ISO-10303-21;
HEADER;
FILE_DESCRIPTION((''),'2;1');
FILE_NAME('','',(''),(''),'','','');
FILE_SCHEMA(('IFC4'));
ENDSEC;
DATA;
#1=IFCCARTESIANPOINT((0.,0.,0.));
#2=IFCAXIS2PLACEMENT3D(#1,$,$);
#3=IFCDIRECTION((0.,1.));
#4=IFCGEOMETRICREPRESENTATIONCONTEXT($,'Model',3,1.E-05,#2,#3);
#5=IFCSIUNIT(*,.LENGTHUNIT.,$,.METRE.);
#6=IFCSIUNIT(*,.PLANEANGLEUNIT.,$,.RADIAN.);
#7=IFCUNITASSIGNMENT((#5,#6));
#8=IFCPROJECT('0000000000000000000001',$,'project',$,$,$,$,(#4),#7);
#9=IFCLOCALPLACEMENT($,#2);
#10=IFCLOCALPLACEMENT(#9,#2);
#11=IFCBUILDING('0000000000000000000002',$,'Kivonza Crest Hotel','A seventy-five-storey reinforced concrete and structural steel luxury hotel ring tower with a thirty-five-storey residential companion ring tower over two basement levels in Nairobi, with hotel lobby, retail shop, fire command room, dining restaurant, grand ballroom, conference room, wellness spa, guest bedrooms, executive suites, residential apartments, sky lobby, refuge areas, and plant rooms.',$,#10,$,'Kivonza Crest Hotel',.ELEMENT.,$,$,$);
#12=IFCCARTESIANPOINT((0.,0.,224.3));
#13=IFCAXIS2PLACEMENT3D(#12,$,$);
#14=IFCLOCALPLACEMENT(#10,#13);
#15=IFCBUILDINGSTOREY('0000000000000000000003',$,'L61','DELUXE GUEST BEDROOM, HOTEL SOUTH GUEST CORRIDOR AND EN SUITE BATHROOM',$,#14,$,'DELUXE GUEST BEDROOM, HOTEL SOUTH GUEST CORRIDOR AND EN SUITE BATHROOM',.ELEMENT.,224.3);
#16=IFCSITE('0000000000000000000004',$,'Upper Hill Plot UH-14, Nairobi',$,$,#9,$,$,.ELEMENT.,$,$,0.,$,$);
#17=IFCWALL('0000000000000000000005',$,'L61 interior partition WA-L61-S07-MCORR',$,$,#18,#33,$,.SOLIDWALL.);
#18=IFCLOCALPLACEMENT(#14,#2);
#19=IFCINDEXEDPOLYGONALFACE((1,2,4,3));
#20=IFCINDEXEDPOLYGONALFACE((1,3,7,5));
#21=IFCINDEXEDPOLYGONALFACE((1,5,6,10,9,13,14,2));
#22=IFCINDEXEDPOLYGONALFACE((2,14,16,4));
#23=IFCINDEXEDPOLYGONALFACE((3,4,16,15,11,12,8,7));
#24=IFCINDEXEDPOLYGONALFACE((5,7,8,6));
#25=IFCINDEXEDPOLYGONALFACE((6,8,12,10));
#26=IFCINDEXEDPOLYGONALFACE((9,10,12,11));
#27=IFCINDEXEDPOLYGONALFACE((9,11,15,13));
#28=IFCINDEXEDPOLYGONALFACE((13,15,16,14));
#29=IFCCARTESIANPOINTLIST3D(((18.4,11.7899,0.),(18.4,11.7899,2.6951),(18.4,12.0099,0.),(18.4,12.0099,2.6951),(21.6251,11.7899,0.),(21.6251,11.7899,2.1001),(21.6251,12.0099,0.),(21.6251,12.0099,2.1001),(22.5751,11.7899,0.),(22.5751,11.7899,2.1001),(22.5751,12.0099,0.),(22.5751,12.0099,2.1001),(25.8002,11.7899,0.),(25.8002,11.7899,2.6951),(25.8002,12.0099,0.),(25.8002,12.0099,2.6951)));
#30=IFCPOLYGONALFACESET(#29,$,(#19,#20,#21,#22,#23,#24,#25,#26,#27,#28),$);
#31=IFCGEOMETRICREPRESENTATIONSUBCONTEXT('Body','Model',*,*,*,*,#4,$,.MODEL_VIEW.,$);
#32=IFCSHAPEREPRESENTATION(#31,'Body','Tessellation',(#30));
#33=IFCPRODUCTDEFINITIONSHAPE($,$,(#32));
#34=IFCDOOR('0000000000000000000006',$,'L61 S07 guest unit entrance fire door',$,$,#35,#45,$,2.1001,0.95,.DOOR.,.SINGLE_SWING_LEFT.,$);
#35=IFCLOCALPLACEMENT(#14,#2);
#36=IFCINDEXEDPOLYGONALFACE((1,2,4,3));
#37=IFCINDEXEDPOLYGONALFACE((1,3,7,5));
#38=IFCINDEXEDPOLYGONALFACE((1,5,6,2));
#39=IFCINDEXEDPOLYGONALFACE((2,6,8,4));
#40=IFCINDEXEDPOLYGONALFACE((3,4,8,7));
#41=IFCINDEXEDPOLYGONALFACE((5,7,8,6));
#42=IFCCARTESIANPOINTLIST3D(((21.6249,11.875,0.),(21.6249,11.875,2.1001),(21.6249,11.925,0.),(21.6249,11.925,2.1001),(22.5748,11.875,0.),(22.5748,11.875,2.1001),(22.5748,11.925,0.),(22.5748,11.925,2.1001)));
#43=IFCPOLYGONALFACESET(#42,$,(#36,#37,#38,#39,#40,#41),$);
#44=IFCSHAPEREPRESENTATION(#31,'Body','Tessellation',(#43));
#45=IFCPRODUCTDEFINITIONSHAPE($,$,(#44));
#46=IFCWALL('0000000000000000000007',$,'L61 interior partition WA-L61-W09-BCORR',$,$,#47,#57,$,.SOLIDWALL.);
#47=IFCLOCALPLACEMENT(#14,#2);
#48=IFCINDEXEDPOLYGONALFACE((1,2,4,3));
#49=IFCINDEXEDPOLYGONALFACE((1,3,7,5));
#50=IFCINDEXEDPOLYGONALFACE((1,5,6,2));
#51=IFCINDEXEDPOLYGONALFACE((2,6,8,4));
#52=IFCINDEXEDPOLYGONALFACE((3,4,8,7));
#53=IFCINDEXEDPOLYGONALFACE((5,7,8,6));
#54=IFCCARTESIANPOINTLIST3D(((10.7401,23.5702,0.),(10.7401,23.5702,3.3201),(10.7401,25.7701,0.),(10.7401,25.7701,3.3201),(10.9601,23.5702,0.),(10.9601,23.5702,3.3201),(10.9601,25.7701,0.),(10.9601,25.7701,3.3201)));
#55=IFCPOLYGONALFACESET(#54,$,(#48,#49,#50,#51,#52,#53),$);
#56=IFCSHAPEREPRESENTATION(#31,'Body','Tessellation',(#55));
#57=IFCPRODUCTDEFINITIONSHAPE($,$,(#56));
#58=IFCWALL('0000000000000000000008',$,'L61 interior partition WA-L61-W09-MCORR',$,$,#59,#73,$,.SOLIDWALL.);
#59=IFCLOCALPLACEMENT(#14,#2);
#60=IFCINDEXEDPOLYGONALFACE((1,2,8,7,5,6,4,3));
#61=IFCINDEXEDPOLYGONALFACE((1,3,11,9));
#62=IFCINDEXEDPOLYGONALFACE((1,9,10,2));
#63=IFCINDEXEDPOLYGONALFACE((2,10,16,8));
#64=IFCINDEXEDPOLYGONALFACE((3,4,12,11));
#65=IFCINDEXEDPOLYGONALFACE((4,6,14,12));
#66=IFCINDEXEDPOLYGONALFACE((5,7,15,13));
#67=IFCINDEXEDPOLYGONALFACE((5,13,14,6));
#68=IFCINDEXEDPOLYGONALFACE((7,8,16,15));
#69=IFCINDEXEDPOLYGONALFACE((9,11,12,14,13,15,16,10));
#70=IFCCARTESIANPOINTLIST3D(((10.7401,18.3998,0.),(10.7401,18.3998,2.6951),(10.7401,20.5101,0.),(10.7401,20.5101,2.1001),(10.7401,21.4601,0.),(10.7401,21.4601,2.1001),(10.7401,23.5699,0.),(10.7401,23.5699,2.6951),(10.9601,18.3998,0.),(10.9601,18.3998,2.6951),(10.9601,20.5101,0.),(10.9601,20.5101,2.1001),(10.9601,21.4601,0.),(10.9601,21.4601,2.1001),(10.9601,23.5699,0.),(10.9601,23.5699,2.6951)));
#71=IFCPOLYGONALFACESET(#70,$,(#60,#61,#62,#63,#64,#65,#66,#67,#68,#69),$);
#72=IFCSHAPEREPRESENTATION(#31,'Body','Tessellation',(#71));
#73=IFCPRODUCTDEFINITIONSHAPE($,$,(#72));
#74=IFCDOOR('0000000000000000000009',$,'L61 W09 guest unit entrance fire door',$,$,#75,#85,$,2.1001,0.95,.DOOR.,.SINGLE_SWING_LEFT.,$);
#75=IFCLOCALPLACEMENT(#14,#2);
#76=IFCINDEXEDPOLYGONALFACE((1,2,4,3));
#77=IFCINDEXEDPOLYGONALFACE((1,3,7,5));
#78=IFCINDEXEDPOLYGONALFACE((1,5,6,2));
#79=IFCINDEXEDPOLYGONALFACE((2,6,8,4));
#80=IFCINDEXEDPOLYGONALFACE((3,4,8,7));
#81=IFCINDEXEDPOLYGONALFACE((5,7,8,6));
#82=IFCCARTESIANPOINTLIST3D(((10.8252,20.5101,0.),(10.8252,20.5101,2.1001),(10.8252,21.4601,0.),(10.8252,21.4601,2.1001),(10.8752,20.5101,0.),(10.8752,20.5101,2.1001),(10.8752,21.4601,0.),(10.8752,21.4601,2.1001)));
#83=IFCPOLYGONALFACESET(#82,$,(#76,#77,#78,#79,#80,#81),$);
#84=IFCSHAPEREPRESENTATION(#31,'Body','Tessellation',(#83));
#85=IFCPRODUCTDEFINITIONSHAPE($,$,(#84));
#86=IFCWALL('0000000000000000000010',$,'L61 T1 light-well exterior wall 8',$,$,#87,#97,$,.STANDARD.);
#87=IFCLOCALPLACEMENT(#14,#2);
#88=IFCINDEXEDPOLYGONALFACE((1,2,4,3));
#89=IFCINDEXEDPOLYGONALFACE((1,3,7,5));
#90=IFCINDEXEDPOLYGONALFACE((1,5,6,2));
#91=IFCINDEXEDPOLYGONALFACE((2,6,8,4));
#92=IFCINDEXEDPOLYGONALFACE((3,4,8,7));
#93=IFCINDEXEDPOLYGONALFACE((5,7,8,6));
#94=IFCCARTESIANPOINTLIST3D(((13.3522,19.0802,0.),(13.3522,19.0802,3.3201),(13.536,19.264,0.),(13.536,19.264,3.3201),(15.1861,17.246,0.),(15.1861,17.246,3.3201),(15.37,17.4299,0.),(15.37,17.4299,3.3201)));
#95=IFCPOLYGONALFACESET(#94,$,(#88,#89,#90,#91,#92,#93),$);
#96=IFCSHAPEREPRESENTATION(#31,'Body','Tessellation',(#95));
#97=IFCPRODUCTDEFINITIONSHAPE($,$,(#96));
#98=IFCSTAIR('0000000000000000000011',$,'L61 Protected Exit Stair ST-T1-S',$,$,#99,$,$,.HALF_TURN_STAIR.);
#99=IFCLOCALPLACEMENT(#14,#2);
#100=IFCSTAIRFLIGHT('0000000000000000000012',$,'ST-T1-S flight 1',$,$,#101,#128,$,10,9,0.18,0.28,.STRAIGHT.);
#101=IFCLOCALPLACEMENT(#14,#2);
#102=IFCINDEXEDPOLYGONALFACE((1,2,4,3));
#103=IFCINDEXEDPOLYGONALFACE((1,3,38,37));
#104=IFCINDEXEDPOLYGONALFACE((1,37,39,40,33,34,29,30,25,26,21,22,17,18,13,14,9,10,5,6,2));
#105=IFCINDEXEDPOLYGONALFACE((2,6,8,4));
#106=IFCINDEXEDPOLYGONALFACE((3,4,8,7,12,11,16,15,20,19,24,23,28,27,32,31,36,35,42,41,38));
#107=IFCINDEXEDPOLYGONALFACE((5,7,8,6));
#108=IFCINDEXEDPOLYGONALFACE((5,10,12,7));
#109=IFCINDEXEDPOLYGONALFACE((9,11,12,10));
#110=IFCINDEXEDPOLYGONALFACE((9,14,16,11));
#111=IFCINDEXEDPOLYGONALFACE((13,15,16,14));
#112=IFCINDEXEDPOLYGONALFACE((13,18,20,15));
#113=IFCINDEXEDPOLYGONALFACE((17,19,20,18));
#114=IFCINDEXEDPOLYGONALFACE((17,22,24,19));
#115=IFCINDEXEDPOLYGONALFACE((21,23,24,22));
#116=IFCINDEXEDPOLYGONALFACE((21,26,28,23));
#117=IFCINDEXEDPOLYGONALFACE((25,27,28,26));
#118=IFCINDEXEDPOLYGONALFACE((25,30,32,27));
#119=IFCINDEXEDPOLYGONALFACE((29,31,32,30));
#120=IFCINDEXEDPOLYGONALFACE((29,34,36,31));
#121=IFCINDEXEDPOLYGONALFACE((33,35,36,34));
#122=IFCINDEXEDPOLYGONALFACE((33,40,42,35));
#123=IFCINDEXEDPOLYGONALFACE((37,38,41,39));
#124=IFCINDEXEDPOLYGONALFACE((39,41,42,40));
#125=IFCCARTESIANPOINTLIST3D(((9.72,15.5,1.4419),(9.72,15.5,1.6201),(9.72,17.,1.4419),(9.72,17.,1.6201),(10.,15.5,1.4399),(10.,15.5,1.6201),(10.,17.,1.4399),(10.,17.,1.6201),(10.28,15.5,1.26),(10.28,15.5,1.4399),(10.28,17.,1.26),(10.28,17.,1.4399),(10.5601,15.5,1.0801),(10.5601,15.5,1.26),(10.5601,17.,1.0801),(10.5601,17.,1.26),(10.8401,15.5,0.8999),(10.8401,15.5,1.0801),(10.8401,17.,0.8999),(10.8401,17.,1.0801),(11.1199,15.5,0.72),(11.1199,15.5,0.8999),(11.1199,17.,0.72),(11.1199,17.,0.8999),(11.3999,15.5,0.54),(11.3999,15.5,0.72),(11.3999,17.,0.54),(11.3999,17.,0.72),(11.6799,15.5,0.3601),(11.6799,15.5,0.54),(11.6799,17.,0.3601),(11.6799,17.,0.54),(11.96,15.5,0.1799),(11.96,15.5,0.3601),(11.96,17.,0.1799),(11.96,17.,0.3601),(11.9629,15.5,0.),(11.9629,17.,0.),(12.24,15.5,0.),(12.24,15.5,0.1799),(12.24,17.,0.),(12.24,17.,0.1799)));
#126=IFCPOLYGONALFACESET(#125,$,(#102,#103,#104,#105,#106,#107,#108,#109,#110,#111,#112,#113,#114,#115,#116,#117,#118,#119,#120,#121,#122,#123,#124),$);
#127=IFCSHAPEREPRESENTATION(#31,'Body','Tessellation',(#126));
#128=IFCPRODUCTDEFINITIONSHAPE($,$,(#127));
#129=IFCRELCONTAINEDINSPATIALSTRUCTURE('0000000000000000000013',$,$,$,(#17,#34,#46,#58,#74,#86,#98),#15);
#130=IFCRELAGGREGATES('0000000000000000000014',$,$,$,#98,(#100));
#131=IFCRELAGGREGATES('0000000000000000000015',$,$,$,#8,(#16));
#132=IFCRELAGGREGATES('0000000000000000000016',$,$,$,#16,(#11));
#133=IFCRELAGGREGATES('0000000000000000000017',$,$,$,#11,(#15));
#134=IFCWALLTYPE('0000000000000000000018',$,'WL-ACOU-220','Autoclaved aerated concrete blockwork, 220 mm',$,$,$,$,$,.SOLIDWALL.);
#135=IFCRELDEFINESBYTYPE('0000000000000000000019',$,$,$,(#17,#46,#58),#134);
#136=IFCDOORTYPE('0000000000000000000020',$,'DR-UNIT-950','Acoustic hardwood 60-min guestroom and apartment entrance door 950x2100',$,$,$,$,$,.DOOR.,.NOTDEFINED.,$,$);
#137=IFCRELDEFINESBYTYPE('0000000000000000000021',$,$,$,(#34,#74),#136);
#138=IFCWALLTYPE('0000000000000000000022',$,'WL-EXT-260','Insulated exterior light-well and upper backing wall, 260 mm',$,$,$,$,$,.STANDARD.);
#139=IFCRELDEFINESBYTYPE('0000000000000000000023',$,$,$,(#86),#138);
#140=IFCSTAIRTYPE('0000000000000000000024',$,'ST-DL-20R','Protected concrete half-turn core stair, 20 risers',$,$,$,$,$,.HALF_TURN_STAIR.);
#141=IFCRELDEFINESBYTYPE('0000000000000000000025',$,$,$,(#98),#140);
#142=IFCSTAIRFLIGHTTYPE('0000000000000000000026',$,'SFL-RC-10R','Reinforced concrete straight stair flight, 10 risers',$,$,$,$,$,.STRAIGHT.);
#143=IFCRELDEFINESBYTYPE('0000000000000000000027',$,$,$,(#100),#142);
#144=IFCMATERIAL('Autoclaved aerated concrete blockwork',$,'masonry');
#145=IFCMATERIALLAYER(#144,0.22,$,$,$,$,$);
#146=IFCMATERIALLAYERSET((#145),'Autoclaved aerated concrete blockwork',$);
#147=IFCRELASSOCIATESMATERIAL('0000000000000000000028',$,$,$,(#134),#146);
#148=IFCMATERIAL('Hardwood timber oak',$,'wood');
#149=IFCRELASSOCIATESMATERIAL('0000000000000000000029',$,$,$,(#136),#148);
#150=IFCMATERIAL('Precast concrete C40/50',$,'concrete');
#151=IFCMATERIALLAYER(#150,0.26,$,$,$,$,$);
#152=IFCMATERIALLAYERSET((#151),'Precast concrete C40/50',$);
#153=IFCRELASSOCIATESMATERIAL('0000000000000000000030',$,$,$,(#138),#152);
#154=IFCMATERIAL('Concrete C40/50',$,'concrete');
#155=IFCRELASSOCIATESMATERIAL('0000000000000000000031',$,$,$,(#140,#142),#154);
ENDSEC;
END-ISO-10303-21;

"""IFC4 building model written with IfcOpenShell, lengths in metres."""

from ifc_helpers import new_model, si_unit, direction, frame, frame_2d, origin, place, context, subcontext, project, spatial, polyline, rectangle, outline, extrude, material, layer, layer_set, type_object, element, fill, aggregate, save


model = new_model("IFC4")

# Units and contexts
model_context = context("Model", 3, precision=1e-05, world=origin(), true_north=direction((0.0, 1.0)))
body_context = subcontext(model_context, "Body", "Model", "MODEL_VIEW")
ifc_project = project(units=[si_unit("LENGTHUNIT", "METRE"), si_unit("PLANEANGLEUNIT", "RADIAN")], contexts=[model_context])

# Site, building, storey
site_placement = place(None, origin())
site = spatial("IfcSite", under=ifc_project, at=site_placement, Name="Upper Hill Plot UH-14, Nairobi", CompositionType="ELEMENT", RefElevation=0.0)
building_placement = place(site_placement, origin())
building = spatial("IfcBuilding", under=site, at=building_placement, Name="Kivonza Crest Hotel", Description="A seventy-five-storey reinforced concrete and structural steel luxury hotel ring tower with a thirty-five-storey residential companion ring tower over two basement levels in Nairobi, with hotel lobby, retail shop, fire command room, dining restaurant, grand ballroom, conference room, wellness spa, guest bedrooms, executive suites, residential apartments, sky lobby, refuge areas, and plant rooms.", LongName="Kivonza Crest Hotel", CompositionType="ELEMENT")
storey_placement = place(building_placement, frame((0.0, 0.0, 224.3)))
storey = spatial("IfcBuildingStorey", under=building, at=storey_placement, Name="L61", Description="DELUXE GUEST BEDROOM, HOTEL SOUTH GUEST CORRIDOR AND EN SUITE BATHROOM", LongName="DELUXE GUEST BEDROOM, HOTEL SOUTH GUEST CORRIDOR AND EN SUITE BATHROOM", CompositionType="ELEMENT", Elevation=224.3)

# Shared definitions
ifc_material_1 = material(Name="Autoclaved aerated concrete blockwork", Category="masonry")
ifc_layer_1 = layer(ifc_material_1, 0.22)
ifc_layer_set_1 = layer_set([ifc_layer_1], Name="Autoclaved aerated concrete blockwork")
wall_type_1 = type_object("IfcWallType", Name="WL-ACOU-220", Description="Autoclaved aerated concrete blockwork, 220 mm", PredefinedType="SOLIDWALL", material=ifc_layer_set_1)
ifc_material_2 = material(Name="Hardwood timber oak", Category="wood")
door_type_1 = type_object("IfcDoorType", Name="DR-UNIT-950", Description="Acoustic hardwood 60-min guestroom and apartment entrance door 950x2100", OperationType="NOTDEFINED", PredefinedType="DOOR", material=ifc_material_2)

# Wall, opening, door
wall_1_placement = place(storey_placement, frame((18.3999, 11.8999, 0.0), z_axis=(0.0, 0.0, 1.0), x_axis=(1.0, 0.0, 0.0)))
wall_1 = element("IfcWall", 1, at=wall_1_placement, inside=storey, type_object=wall_type_1, Name="L61 interior partition WA-L61-S07-MCORR", PredefinedType="SOLIDWALL", context=body_context, shape_type="SweptSolid", body=[
    extrude(rectangle(XDim=7.4001, YDim=0.22, at=frame_2d((3.7002, 0.0))), origin(), (0.0, 0.0, 1.0), 2.6951),
])
opening_1_placement = place(wall_1_placement, frame((3.2251, 0.0, 0.0)))
opening_1 = element("IfcOpeningElement", 2, at=opening_1_placement, cuts=wall_1, PredefinedType="OPENING", context=body_context, shape_type="SweptSolid", body=[
    extrude(rectangle(XDim=0.95, YDim=2.1001, at=frame_2d((0.4751, 1.05))), frame((0.0, 0.1201, 0.0), z_axis=(0.0, -1.0, 0.0), x_axis=(1.0, 0.0, 0.0)), (0.0, 0.0, 1.0), 0.24),
])
door_1_placement = place(opening_1_placement, frame((0.95, 0.0, 0.0), z_axis=(0.0, 0.0, 1.0), x_axis=(-1.0, 0.0, 0.0)))
door_1 = element("IfcDoor", 3, at=door_1_placement, inside=storey, type_object=door_type_1, Name="L61 S07 guest unit entrance fire door", OperationType="SINGLE_SWING_LEFT", OverallHeight=2.1001, OverallWidth=0.95, PredefinedType="DOOR", context=body_context, shape_type="SweptSolid", body=[
    extrude(rectangle(XDim=0.95, YDim=2.1001, at=frame_2d((0.4751, 1.05))), frame((0.0, 0.0249, 0.0), z_axis=(0.0, -1.0, 0.0), x_axis=(1.0, 0.0, 0.0)), (0.0, 0.0, 1.0), 0.05),
])
fill(opening_1, door_1)

# Wall
wall_2_placement = place(storey_placement, frame((10.8501, 23.5701, 0.0), z_axis=(0.0, 0.0, 1.0), x_axis=(0.0, 1.0, 0.0)))
element("IfcWall", 4, at=wall_2_placement, inside=storey, type_object=wall_type_1, Name="L61 interior partition WA-L61-W09-BCORR", PredefinedType="SOLIDWALL", context=body_context, shape_type="SweptSolid", body=[
    extrude(rectangle(XDim=2.2, YDim=0.22, at=frame_2d((1.1001, 0.0))), origin(), (0.0, 0.0, 1.0), 3.3201),
])

# Wall, opening, door
wall_3_placement = place(storey_placement, frame((10.8501, 18.3999, 0.0), z_axis=(0.0, 0.0, 1.0), x_axis=(0.0, 1.0, 0.0)))
wall_3 = element("IfcWall", 5, at=wall_3_placement, inside=storey, type_object=wall_type_1, Name="L61 interior partition WA-L61-W09-MCORR", PredefinedType="SOLIDWALL", context=body_context, shape_type="SweptSolid", body=[
    extrude(rectangle(XDim=5.1702, YDim=0.22, at=frame_2d((2.585, 0.0))), origin(), (0.0, 0.0, 1.0), 2.6951),
])
opening_2_placement = place(wall_3_placement, frame((2.1101, 0.0, 0.0)))
opening_2 = element("IfcOpeningElement", 6, at=opening_2_placement, cuts=wall_3, PredefinedType="OPENING", context=body_context, shape_type="SweptSolid", body=[
    extrude(rectangle(XDim=0.95, YDim=2.1001, at=frame_2d((0.4751, 1.05))), frame((0.0, 0.1201, 0.0), z_axis=(0.0, -1.0, 0.0), x_axis=(1.0, 0.0, 0.0)), (0.0, 0.0, 1.0), 0.24),
])
door_2_placement = place(opening_2_placement, origin())
door_2 = element("IfcDoor", 7, at=door_2_placement, inside=storey, type_object=door_type_1, Name="L61 W09 guest unit entrance fire door", OperationType="SINGLE_SWING_LEFT", OverallHeight=2.1001, OverallWidth=0.95, PredefinedType="DOOR", context=body_context, shape_type="SweptSolid", body=[
    extrude(rectangle(XDim=0.95, YDim=2.1001, at=frame_2d((0.4751, 1.05))), frame((0.0, 0.0249, 0.0), z_axis=(0.0, -1.0, 0.0), x_axis=(1.0, 0.0, 0.0)), (0.0, 0.0, 1.0), 0.05),
])
fill(opening_2, door_2)

# Wall
ifc_material_3 = material(Name="Precast concrete C40/50", Category="concrete")
ifc_layer_2 = layer(ifc_material_3, 0.26)
ifc_layer_set_2 = layer_set([ifc_layer_2], Name="Precast concrete C40/50")
wall_type_2 = type_object("IfcWallType", Name="WL-EXT-260", Description="Insulated exterior light-well and upper backing wall, 260 mm", PredefinedType="STANDARD", material=ifc_layer_set_2)
wall_4_placement = place(storey_placement, frame((13.4441, 19.1721, 0.0), z_axis=(0.0, 0.0, 1.0), x_axis=(0.70706, -0.707154, 0.0)))
element("IfcWall", 8, at=wall_4_placement, inside=storey, type_object=wall_type_2, Name="L61 T1 light-well exterior wall 8", PredefinedType="STANDARD", context=body_context, shape_type="SweptSolid", body=[
    extrude(rectangle(XDim=2.5938, YDim=0.26, at=frame_2d((1.2969, 0.0))), origin(), (0.0, 0.0, 1.0), 3.3201),
])

# Stair, stair flight
ifc_material_4 = material(Name="Concrete C40/50", Category="concrete")
stair_type = type_object("IfcStairType", Name="ST-DL-20R", Description="Protected concrete half-turn core stair, 20 risers", PredefinedType="HALF_TURN_STAIR", material=ifc_material_4)
stair_placement = place(storey_placement, origin())
stair = element("IfcStair", 9, at=stair_placement, inside=storey, type_object=stair_type, Name="L61 Protected Exit Stair ST-T1-S", PredefinedType="HALF_TURN_STAIR")
stair_flight_type = type_object("IfcStairFlightType", Name="SFL-RC-10R", Description="Reinforced concrete straight stair flight, 10 risers", PredefinedType="STRAIGHT", material=ifc_material_4)
stair_flight_placement = place(storey_placement, frame((12.24, 16.25, 0.0), z_axis=(0.0, 0.0, 1.0), x_axis=(-1.0, 0.0, 0.0)))
stair_flight = element("IfcStairFlight", 10, at=stair_flight_placement, type_object=stair_flight_type, Name="ST-T1-S flight 1", NumberOfRisers=10, NumberOfTreads=9, PredefinedType="STRAIGHT", RiserHeight=0.18, TreadLength=0.28, context=body_context, shape_type="SweptSolid", body=[
    extrude(outline(polyline([(0.0, 0.0), (0.0, 0.1799), (0.28, 0.1799), (0.28, 0.3601), (0.5601, 0.3601), (0.5601, 0.54), (0.8401, 0.54), (0.8401, 0.72), (1.1201, 0.72), (1.1201, 0.8999), (1.3999, 0.8999), (1.3999, 1.0801), (1.6799, 1.0801), (1.6799, 1.26), (1.96, 1.26), (1.96, 1.4399), (2.24, 1.4399), (2.24, 1.6201), (2.52, 1.6201), (2.52, 1.8), (2.52, 1.4419), (0.2771, 0.0), (0.0, 0.0)])), frame((0.0, 0.75, 0.0), z_axis=(0.0, -1.0, 0.0), x_axis=(1.0, 0.0, 0.0)), (0.0, 0.0, 1.0), 1.5),
])
aggregate(stair, [stair_flight])

save(model, "model.ifc")
